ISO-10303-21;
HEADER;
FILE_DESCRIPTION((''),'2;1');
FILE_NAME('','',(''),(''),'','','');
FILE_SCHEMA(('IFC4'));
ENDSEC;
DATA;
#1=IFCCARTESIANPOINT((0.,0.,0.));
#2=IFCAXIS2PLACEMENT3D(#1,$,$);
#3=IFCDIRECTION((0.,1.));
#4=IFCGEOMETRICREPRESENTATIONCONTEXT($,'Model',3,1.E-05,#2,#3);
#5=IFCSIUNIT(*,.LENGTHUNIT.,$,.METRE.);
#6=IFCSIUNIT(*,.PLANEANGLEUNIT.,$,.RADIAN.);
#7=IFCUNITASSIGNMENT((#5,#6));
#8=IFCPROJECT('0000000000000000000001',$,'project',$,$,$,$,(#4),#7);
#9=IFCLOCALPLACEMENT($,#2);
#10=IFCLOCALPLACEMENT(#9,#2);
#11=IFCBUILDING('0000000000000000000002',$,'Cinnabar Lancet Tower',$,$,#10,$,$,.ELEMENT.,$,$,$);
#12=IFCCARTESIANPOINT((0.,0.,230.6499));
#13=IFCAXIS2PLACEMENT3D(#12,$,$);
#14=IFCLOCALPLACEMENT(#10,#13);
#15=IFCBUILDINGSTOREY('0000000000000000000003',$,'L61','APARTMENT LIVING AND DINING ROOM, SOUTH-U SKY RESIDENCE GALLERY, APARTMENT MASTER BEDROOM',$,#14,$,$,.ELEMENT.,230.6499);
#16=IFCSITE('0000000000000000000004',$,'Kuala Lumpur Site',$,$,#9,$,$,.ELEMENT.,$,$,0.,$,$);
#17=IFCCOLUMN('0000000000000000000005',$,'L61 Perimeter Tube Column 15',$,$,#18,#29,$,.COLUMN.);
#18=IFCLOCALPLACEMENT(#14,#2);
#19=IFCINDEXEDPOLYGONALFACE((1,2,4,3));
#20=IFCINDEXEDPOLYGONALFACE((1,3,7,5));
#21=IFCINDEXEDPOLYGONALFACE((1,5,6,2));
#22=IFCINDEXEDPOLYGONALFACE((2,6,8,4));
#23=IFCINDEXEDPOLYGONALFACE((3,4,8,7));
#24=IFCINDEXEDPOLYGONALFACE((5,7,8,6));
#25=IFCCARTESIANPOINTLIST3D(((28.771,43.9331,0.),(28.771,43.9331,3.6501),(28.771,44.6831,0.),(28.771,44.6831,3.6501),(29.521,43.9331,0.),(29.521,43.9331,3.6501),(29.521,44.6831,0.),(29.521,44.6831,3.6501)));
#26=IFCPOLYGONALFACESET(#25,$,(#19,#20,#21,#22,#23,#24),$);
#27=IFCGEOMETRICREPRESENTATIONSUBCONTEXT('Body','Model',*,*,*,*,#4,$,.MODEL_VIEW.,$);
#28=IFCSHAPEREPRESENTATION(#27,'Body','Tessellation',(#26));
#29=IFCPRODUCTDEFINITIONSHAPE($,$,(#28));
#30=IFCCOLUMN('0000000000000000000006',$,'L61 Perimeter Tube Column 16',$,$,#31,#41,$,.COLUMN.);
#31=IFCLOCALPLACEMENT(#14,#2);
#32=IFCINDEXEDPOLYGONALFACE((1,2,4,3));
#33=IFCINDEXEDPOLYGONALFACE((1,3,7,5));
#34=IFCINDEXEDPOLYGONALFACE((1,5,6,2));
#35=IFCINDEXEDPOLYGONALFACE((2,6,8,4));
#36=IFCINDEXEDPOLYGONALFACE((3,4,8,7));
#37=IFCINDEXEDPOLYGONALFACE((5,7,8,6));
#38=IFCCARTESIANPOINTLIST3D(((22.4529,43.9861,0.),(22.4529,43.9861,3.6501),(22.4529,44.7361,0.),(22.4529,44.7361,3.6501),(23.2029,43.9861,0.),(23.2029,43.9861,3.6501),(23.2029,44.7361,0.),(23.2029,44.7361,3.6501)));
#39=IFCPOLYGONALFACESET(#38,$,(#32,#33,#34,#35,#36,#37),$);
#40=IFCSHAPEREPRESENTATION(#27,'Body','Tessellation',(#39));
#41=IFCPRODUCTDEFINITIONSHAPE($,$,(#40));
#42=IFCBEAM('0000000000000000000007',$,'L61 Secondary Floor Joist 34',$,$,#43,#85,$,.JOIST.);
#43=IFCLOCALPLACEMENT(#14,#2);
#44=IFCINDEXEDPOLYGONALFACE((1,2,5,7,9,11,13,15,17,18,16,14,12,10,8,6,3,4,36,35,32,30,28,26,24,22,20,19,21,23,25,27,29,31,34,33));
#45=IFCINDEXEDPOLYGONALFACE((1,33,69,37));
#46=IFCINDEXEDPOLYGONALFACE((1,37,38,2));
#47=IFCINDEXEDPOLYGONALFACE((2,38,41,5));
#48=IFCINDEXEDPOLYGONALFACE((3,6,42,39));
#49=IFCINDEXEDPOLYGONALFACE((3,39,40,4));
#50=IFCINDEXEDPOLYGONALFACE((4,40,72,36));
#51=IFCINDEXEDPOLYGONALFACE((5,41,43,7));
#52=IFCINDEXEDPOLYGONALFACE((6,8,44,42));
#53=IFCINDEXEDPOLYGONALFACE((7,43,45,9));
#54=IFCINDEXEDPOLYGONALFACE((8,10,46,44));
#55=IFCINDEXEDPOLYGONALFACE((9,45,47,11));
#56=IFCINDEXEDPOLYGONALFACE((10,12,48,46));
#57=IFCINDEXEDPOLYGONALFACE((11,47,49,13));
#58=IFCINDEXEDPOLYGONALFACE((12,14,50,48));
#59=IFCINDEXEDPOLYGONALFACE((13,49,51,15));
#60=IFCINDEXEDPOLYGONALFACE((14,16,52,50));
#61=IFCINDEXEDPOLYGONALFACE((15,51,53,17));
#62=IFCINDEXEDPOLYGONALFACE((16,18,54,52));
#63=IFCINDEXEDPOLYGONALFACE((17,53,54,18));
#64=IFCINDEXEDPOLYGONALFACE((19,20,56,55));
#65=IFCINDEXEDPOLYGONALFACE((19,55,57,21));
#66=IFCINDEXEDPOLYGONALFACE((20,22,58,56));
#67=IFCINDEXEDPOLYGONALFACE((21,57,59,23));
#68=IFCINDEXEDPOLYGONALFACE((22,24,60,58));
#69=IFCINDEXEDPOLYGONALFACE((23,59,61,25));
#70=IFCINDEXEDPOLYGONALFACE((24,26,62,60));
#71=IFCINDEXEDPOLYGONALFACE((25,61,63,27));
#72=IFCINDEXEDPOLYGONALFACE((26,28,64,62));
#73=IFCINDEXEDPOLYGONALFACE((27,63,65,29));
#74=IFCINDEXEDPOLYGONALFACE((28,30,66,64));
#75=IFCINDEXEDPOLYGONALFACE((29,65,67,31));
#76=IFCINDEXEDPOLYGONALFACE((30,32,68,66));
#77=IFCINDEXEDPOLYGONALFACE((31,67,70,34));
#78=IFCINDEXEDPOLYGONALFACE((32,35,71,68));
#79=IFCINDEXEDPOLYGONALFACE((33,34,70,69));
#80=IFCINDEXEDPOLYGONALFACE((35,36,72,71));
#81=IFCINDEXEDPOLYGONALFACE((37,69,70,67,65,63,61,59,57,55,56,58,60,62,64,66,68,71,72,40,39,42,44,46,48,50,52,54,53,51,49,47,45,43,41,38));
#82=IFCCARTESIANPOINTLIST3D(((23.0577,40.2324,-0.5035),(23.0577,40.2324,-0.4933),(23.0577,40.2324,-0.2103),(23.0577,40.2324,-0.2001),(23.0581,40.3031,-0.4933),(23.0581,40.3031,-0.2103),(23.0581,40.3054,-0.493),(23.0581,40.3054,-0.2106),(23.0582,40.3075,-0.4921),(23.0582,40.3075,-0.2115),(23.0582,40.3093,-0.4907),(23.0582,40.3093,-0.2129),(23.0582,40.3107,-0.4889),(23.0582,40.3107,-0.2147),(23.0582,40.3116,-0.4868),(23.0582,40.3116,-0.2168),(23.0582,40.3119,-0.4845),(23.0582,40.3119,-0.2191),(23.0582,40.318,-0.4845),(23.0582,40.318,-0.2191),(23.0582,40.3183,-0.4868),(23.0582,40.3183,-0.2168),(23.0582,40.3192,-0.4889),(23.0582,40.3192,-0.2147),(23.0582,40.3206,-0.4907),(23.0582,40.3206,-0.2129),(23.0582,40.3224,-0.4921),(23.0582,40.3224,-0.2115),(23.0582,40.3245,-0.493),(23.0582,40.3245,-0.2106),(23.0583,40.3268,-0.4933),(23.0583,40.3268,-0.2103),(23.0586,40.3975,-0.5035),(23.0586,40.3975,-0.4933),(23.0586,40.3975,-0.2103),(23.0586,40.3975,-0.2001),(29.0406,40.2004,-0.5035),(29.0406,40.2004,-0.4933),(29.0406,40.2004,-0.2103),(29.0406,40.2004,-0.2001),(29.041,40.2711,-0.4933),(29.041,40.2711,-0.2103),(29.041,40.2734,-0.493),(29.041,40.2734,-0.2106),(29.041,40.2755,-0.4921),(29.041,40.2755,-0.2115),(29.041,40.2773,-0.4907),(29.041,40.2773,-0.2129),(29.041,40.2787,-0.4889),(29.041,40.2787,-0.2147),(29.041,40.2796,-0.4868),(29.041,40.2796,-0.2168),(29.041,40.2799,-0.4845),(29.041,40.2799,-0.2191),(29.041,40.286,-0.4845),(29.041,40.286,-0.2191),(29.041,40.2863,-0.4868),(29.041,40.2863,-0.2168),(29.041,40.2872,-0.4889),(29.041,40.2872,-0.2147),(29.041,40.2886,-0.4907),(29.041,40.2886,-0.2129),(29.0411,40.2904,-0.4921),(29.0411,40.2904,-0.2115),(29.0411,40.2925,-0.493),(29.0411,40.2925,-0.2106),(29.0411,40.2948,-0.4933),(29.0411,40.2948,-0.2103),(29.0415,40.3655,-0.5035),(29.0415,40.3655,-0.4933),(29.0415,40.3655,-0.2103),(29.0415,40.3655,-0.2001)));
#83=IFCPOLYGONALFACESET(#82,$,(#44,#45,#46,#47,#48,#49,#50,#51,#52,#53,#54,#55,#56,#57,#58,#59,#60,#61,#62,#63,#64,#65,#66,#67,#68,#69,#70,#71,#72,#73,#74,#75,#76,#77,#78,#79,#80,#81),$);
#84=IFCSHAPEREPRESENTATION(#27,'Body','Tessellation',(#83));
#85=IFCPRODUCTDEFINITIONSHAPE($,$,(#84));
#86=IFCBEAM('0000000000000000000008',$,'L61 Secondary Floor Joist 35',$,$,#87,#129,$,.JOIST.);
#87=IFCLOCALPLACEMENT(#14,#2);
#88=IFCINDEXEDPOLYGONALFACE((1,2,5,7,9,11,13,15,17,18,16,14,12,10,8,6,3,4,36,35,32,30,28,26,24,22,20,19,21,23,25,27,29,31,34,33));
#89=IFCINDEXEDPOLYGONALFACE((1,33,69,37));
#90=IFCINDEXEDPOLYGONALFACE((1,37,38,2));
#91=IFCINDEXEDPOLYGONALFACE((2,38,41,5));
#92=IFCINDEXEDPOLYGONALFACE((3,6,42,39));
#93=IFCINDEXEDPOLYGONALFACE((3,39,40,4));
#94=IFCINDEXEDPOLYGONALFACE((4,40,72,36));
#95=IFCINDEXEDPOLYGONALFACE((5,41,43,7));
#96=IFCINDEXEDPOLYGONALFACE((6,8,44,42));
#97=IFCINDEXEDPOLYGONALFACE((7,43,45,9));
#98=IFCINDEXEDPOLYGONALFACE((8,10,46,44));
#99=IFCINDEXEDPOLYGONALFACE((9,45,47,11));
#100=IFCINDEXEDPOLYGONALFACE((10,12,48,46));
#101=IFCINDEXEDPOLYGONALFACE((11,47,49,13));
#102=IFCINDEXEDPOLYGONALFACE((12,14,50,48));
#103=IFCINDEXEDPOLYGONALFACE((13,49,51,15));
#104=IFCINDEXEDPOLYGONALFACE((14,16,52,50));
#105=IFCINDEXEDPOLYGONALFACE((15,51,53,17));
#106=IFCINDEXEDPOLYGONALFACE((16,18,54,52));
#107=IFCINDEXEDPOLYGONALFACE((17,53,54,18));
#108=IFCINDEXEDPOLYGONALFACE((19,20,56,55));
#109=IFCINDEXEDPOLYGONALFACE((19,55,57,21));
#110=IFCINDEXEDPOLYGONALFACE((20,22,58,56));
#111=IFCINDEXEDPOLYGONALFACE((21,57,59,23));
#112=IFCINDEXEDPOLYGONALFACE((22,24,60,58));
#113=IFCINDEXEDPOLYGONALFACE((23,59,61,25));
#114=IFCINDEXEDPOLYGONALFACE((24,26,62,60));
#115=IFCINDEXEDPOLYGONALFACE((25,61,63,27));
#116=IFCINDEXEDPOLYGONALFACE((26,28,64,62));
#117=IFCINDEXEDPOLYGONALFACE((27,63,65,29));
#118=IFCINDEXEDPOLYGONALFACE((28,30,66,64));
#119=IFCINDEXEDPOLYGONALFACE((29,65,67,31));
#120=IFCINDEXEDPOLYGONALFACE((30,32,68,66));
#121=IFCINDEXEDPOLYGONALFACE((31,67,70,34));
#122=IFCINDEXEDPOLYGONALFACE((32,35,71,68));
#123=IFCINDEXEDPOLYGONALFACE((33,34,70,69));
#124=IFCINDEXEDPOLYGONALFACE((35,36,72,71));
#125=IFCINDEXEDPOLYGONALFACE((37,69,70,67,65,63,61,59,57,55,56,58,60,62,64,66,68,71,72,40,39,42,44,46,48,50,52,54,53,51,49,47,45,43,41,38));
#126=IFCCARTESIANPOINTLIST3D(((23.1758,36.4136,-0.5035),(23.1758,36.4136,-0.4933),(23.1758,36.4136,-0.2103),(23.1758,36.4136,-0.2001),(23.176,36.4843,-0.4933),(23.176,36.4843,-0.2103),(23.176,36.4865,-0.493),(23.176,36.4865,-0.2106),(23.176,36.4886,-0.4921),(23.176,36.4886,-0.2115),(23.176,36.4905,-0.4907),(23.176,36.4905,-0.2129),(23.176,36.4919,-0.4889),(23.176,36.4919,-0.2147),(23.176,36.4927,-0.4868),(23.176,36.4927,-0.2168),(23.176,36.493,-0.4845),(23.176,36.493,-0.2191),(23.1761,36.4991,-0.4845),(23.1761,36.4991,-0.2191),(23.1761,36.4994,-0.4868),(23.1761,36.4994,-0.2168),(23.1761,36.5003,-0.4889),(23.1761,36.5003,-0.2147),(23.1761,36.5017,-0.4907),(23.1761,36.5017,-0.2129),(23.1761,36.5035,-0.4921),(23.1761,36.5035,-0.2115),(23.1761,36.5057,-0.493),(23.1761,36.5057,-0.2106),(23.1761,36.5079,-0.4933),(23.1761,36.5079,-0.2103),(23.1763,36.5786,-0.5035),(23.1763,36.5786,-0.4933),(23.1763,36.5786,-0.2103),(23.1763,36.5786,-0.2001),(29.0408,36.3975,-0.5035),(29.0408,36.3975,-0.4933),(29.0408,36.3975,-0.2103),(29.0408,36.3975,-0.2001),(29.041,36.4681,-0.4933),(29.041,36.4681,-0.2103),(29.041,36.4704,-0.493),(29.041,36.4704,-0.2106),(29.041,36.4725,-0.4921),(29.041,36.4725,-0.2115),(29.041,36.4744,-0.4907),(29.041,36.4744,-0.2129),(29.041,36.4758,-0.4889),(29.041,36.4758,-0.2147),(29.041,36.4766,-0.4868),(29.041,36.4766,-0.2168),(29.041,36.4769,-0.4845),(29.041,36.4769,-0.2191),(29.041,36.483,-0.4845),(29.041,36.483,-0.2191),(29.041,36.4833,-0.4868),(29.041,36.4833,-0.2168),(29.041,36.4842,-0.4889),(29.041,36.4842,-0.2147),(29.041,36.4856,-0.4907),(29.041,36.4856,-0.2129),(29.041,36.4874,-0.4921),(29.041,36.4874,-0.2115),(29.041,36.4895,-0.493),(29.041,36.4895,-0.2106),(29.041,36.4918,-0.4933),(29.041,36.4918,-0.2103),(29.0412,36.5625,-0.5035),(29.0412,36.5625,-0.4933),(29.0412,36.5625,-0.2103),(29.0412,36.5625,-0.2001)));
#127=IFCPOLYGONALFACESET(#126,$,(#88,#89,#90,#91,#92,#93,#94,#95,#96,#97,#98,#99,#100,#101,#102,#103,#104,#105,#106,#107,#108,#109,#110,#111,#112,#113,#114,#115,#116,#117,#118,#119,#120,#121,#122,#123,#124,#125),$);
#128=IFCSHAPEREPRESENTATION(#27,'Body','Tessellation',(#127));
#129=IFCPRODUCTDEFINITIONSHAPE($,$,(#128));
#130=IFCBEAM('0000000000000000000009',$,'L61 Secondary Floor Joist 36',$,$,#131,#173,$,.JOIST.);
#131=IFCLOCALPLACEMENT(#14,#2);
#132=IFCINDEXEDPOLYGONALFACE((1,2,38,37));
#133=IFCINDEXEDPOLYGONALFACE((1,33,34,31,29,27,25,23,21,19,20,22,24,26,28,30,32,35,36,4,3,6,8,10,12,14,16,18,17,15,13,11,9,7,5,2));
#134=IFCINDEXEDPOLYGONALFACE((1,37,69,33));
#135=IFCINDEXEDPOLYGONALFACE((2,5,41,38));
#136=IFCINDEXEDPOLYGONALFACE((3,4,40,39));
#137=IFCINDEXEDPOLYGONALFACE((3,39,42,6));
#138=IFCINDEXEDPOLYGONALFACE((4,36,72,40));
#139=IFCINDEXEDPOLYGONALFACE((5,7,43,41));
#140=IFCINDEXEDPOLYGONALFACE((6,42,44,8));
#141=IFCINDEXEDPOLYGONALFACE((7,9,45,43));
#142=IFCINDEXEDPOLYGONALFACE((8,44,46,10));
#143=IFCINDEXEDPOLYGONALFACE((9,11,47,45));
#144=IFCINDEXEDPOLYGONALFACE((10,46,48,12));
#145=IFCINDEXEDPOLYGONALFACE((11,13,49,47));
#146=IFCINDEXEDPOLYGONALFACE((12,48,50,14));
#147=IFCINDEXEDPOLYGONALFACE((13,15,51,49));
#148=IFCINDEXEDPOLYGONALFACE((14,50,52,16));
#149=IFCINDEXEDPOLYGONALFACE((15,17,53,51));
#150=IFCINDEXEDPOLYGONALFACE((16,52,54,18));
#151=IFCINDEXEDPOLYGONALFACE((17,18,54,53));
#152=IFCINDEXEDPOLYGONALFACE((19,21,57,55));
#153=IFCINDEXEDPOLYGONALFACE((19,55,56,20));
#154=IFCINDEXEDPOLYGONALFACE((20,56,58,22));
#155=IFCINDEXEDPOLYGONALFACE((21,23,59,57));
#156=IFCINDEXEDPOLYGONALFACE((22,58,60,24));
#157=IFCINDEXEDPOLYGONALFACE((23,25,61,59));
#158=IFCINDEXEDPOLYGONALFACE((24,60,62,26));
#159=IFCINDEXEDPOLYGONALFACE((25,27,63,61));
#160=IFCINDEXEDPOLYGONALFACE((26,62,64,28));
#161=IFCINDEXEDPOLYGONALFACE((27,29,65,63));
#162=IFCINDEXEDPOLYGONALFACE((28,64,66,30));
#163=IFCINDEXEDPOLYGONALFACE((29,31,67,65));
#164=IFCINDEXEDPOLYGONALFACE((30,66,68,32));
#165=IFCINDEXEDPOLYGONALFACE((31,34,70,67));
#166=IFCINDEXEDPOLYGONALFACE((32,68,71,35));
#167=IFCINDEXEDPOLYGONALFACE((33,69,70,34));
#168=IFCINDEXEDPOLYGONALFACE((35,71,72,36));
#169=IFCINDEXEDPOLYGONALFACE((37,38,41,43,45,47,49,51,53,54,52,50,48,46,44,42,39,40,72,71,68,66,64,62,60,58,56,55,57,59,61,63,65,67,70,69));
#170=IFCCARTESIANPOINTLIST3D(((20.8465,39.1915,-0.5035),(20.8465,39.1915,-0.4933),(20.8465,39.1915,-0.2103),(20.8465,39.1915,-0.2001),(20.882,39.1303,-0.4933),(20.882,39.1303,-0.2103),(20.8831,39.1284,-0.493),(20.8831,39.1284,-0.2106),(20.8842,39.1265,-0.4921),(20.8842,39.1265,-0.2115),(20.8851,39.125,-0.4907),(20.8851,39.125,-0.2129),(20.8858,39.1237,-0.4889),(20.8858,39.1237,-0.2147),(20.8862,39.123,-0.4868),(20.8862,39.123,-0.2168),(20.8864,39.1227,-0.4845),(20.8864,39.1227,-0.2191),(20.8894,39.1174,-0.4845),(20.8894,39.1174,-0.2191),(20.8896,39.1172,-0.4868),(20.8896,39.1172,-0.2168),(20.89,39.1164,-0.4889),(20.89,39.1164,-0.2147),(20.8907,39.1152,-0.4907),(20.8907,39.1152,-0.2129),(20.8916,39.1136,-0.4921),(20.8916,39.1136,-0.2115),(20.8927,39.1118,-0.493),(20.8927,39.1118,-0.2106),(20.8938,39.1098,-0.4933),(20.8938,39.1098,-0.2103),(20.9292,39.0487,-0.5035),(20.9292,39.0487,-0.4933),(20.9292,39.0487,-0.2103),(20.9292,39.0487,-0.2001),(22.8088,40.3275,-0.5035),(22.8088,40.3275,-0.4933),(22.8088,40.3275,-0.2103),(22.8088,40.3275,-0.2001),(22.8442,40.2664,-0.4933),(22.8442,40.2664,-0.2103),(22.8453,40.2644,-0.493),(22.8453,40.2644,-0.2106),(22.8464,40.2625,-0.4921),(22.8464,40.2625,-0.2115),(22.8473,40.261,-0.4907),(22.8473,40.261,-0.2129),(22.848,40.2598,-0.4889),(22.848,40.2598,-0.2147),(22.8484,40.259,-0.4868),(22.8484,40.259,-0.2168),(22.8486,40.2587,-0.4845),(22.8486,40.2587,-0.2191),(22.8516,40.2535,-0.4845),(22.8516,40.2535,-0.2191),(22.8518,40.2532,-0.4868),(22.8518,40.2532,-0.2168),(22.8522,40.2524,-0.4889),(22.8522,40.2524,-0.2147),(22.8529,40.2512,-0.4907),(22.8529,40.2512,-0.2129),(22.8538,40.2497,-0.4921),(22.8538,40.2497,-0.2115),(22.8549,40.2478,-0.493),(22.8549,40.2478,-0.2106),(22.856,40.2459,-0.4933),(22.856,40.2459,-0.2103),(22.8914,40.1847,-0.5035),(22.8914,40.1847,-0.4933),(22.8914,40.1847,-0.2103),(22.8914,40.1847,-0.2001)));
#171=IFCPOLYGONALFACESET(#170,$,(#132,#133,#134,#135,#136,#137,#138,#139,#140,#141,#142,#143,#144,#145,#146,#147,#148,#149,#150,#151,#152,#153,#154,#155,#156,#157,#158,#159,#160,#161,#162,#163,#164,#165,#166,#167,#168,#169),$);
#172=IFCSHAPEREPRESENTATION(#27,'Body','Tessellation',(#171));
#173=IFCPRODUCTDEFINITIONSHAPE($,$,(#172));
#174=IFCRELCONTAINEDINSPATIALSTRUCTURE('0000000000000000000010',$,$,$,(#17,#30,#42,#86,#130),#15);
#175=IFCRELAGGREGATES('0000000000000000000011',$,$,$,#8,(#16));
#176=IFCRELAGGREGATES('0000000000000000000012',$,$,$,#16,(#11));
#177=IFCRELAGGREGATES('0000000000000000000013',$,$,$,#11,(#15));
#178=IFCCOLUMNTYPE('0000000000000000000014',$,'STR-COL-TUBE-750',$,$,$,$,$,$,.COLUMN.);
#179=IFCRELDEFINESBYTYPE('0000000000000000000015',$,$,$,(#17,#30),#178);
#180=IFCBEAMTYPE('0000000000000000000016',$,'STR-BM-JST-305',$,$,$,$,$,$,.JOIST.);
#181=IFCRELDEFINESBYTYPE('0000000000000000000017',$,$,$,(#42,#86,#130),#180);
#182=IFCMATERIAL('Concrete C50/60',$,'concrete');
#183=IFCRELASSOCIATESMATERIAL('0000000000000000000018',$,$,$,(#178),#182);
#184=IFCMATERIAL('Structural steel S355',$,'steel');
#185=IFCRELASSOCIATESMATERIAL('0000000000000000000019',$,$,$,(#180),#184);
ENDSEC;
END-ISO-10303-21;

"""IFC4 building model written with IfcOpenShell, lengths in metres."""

from ifc_helpers import new_model, si_unit, direction, frame, origin, origin_2d, place, context, subcontext, project, spatial, rectangle, i_section, extrude, material, material_profile, profile_set, type_object, element, save


model = new_model("IFC4")

# Units and contexts
model_context = context("Model", 3, precision=1e-05, world=origin(), true_north=direction((0.0, 1.0)))
body_context = subcontext(model_context, "Body", "Model", "MODEL_VIEW")
ifc_project = project(units=[si_unit("LENGTHUNIT", "METRE"), si_unit("PLANEANGLEUNIT", "RADIAN")], contexts=[model_context])

# Site, building, storey
site_placement = place(None, origin())
site = spatial("IfcSite", under=ifc_project, at=site_placement, Name="Kuala Lumpur Site", CompositionType="ELEMENT", RefElevation=0.0)
building_placement = place(site_placement, origin())
building = spatial("IfcBuilding", under=site, at=building_placement, Name="Cinnabar Lancet Tower", CompositionType="ELEMENT")
storey_placement = place(building_placement, frame((0.0, 0.0, 230.6499)))
storey = spatial("IfcBuildingStorey", under=building, at=storey_placement, Name="L61", Description="APARTMENT LIVING AND DINING ROOM, SOUTH-U SKY RESIDENCE GALLERY, APARTMENT MASTER BEDROOM", CompositionType="ELEMENT", Elevation=230.6499)

# Columns
ifc_material_1 = material(Name="Concrete C50/60", Category="concrete")
ifc_material_profile_1 = material_profile(ifc_material_1, rectangle(XDim=0.75, YDim=0.75, at=origin_2d()), Name="RC-COL 750x750")
ifc_profile_set_1 = profile_set([ifc_material_profile_1], Name="Concrete C50/60")
column_type = type_object("IfcColumnType", Name="STR-COL-TUBE-750", PredefinedType="COLUMN", material=ifc_profile_set_1)
for number, where, z_axis, x_axis, name in (
    (1, (29.146, 44.3081, 0.0), (0.0, 0.0, 1.0), (1.0, 0.0, 0.0), "L61 Perimeter Tube Column 15"),
    (2, (22.8279, 44.3611, 0.0), (0.0, 0.0, 1.0), (1.0, 0.0, 0.0), "L61 Perimeter Tube Column 16"),
):
    element("IfcColumn", number, at=place(storey_placement, frame(where, z_axis=z_axis, x_axis=x_axis)), inside=storey, type_object=column_type, Name=name, PredefinedType="COLUMN", context=body_context, shape_type="SweptSolid", body=[
        extrude(rectangle(XDim=0.75, YDim=0.75, at=origin_2d()), origin(), (0.0, 0.0, 1.0), 3.6501),
    ])

# Beams
ifc_material_2 = material(Name="Structural steel S355", Category="steel")
ifc_material_profile_2 = material_profile(ifc_material_2, i_section(OverallWidth=0.165, OverallDepth=0.3035, WebThickness=0.0061, FlangeThickness=0.0103, FilletRadius=0.0088, at=origin_2d()), Name="UKB 305x165x40")
ifc_profile_set_2 = profile_set([ifc_material_profile_2], Name="Structural steel S355")
beam_type_1 = type_object("IfcBeamType", Name="STR-BM-JST-305", PredefinedType="JOIST", material=ifc_profile_set_2)
beam_1_placement = place(storey_placement, frame((29.041, 40.283, -0.3518), z_axis=(-0.999986, 0.005346, 0.0), x_axis=(-0.005346, -0.999986, 0.0)))
element("IfcBeam", 3, at=beam_1_placement, inside=storey, type_object=beam_type_1, Name="L61 Secondary Floor Joist 34", PredefinedType="JOIST", context=body_context, shape_type="SweptSolid", body=[
    extrude(i_section(OverallWidth=0.165, OverallDepth=0.3035, WebThickness=0.0061, FlangeThickness=0.0103, FilletRadius=0.0088, at=origin_2d()), origin(), (0.0, 0.0, 1.0), 5.9829),
])
beam_2_placement = place(storey_placement, frame((29.041, 36.48, -0.3518), z_axis=(-0.999996, 0.002747, 0.0), x_axis=(-0.002747, -0.999996, 0.0)))
element("IfcBeam", 4, at=beam_2_placement, inside=storey, type_object=beam_type_1, Name="L61 Secondary Floor Joist 35", PredefinedType="JOIST", context=body_context, shape_type="SweptSolid", body=[
    extrude(i_section(OverallWidth=0.165, OverallDepth=0.3035, WebThickness=0.0061, FlangeThickness=0.0103, FilletRadius=0.0088, at=origin_2d()), origin(), (0.0, 0.0, 1.0), 5.865),
])
beam_3_placement = place(storey_placement, frame((22.8501, 40.2561, -0.3518), z_axis=(-0.865426, -0.501036, 0.0), x_axis=(0.501036, -0.865426, 0.0)))
element("IfcBeam", 5, at=beam_3_placement, inside=storey, type_object=beam_type_1, Name="L61 Secondary Floor Joist 36", PredefinedType="JOIST", context=body_context, shape_type="SweptSolid", body=[
    extrude(i_section(OverallWidth=0.165, OverallDepth=0.3035, WebThickness=0.0061, FlangeThickness=0.0103, FilletRadius=0.0088, at=origin_2d()), origin(), (0.0, 0.0, 1.0), 2.2673),
])

save(model, "model.ifc")
